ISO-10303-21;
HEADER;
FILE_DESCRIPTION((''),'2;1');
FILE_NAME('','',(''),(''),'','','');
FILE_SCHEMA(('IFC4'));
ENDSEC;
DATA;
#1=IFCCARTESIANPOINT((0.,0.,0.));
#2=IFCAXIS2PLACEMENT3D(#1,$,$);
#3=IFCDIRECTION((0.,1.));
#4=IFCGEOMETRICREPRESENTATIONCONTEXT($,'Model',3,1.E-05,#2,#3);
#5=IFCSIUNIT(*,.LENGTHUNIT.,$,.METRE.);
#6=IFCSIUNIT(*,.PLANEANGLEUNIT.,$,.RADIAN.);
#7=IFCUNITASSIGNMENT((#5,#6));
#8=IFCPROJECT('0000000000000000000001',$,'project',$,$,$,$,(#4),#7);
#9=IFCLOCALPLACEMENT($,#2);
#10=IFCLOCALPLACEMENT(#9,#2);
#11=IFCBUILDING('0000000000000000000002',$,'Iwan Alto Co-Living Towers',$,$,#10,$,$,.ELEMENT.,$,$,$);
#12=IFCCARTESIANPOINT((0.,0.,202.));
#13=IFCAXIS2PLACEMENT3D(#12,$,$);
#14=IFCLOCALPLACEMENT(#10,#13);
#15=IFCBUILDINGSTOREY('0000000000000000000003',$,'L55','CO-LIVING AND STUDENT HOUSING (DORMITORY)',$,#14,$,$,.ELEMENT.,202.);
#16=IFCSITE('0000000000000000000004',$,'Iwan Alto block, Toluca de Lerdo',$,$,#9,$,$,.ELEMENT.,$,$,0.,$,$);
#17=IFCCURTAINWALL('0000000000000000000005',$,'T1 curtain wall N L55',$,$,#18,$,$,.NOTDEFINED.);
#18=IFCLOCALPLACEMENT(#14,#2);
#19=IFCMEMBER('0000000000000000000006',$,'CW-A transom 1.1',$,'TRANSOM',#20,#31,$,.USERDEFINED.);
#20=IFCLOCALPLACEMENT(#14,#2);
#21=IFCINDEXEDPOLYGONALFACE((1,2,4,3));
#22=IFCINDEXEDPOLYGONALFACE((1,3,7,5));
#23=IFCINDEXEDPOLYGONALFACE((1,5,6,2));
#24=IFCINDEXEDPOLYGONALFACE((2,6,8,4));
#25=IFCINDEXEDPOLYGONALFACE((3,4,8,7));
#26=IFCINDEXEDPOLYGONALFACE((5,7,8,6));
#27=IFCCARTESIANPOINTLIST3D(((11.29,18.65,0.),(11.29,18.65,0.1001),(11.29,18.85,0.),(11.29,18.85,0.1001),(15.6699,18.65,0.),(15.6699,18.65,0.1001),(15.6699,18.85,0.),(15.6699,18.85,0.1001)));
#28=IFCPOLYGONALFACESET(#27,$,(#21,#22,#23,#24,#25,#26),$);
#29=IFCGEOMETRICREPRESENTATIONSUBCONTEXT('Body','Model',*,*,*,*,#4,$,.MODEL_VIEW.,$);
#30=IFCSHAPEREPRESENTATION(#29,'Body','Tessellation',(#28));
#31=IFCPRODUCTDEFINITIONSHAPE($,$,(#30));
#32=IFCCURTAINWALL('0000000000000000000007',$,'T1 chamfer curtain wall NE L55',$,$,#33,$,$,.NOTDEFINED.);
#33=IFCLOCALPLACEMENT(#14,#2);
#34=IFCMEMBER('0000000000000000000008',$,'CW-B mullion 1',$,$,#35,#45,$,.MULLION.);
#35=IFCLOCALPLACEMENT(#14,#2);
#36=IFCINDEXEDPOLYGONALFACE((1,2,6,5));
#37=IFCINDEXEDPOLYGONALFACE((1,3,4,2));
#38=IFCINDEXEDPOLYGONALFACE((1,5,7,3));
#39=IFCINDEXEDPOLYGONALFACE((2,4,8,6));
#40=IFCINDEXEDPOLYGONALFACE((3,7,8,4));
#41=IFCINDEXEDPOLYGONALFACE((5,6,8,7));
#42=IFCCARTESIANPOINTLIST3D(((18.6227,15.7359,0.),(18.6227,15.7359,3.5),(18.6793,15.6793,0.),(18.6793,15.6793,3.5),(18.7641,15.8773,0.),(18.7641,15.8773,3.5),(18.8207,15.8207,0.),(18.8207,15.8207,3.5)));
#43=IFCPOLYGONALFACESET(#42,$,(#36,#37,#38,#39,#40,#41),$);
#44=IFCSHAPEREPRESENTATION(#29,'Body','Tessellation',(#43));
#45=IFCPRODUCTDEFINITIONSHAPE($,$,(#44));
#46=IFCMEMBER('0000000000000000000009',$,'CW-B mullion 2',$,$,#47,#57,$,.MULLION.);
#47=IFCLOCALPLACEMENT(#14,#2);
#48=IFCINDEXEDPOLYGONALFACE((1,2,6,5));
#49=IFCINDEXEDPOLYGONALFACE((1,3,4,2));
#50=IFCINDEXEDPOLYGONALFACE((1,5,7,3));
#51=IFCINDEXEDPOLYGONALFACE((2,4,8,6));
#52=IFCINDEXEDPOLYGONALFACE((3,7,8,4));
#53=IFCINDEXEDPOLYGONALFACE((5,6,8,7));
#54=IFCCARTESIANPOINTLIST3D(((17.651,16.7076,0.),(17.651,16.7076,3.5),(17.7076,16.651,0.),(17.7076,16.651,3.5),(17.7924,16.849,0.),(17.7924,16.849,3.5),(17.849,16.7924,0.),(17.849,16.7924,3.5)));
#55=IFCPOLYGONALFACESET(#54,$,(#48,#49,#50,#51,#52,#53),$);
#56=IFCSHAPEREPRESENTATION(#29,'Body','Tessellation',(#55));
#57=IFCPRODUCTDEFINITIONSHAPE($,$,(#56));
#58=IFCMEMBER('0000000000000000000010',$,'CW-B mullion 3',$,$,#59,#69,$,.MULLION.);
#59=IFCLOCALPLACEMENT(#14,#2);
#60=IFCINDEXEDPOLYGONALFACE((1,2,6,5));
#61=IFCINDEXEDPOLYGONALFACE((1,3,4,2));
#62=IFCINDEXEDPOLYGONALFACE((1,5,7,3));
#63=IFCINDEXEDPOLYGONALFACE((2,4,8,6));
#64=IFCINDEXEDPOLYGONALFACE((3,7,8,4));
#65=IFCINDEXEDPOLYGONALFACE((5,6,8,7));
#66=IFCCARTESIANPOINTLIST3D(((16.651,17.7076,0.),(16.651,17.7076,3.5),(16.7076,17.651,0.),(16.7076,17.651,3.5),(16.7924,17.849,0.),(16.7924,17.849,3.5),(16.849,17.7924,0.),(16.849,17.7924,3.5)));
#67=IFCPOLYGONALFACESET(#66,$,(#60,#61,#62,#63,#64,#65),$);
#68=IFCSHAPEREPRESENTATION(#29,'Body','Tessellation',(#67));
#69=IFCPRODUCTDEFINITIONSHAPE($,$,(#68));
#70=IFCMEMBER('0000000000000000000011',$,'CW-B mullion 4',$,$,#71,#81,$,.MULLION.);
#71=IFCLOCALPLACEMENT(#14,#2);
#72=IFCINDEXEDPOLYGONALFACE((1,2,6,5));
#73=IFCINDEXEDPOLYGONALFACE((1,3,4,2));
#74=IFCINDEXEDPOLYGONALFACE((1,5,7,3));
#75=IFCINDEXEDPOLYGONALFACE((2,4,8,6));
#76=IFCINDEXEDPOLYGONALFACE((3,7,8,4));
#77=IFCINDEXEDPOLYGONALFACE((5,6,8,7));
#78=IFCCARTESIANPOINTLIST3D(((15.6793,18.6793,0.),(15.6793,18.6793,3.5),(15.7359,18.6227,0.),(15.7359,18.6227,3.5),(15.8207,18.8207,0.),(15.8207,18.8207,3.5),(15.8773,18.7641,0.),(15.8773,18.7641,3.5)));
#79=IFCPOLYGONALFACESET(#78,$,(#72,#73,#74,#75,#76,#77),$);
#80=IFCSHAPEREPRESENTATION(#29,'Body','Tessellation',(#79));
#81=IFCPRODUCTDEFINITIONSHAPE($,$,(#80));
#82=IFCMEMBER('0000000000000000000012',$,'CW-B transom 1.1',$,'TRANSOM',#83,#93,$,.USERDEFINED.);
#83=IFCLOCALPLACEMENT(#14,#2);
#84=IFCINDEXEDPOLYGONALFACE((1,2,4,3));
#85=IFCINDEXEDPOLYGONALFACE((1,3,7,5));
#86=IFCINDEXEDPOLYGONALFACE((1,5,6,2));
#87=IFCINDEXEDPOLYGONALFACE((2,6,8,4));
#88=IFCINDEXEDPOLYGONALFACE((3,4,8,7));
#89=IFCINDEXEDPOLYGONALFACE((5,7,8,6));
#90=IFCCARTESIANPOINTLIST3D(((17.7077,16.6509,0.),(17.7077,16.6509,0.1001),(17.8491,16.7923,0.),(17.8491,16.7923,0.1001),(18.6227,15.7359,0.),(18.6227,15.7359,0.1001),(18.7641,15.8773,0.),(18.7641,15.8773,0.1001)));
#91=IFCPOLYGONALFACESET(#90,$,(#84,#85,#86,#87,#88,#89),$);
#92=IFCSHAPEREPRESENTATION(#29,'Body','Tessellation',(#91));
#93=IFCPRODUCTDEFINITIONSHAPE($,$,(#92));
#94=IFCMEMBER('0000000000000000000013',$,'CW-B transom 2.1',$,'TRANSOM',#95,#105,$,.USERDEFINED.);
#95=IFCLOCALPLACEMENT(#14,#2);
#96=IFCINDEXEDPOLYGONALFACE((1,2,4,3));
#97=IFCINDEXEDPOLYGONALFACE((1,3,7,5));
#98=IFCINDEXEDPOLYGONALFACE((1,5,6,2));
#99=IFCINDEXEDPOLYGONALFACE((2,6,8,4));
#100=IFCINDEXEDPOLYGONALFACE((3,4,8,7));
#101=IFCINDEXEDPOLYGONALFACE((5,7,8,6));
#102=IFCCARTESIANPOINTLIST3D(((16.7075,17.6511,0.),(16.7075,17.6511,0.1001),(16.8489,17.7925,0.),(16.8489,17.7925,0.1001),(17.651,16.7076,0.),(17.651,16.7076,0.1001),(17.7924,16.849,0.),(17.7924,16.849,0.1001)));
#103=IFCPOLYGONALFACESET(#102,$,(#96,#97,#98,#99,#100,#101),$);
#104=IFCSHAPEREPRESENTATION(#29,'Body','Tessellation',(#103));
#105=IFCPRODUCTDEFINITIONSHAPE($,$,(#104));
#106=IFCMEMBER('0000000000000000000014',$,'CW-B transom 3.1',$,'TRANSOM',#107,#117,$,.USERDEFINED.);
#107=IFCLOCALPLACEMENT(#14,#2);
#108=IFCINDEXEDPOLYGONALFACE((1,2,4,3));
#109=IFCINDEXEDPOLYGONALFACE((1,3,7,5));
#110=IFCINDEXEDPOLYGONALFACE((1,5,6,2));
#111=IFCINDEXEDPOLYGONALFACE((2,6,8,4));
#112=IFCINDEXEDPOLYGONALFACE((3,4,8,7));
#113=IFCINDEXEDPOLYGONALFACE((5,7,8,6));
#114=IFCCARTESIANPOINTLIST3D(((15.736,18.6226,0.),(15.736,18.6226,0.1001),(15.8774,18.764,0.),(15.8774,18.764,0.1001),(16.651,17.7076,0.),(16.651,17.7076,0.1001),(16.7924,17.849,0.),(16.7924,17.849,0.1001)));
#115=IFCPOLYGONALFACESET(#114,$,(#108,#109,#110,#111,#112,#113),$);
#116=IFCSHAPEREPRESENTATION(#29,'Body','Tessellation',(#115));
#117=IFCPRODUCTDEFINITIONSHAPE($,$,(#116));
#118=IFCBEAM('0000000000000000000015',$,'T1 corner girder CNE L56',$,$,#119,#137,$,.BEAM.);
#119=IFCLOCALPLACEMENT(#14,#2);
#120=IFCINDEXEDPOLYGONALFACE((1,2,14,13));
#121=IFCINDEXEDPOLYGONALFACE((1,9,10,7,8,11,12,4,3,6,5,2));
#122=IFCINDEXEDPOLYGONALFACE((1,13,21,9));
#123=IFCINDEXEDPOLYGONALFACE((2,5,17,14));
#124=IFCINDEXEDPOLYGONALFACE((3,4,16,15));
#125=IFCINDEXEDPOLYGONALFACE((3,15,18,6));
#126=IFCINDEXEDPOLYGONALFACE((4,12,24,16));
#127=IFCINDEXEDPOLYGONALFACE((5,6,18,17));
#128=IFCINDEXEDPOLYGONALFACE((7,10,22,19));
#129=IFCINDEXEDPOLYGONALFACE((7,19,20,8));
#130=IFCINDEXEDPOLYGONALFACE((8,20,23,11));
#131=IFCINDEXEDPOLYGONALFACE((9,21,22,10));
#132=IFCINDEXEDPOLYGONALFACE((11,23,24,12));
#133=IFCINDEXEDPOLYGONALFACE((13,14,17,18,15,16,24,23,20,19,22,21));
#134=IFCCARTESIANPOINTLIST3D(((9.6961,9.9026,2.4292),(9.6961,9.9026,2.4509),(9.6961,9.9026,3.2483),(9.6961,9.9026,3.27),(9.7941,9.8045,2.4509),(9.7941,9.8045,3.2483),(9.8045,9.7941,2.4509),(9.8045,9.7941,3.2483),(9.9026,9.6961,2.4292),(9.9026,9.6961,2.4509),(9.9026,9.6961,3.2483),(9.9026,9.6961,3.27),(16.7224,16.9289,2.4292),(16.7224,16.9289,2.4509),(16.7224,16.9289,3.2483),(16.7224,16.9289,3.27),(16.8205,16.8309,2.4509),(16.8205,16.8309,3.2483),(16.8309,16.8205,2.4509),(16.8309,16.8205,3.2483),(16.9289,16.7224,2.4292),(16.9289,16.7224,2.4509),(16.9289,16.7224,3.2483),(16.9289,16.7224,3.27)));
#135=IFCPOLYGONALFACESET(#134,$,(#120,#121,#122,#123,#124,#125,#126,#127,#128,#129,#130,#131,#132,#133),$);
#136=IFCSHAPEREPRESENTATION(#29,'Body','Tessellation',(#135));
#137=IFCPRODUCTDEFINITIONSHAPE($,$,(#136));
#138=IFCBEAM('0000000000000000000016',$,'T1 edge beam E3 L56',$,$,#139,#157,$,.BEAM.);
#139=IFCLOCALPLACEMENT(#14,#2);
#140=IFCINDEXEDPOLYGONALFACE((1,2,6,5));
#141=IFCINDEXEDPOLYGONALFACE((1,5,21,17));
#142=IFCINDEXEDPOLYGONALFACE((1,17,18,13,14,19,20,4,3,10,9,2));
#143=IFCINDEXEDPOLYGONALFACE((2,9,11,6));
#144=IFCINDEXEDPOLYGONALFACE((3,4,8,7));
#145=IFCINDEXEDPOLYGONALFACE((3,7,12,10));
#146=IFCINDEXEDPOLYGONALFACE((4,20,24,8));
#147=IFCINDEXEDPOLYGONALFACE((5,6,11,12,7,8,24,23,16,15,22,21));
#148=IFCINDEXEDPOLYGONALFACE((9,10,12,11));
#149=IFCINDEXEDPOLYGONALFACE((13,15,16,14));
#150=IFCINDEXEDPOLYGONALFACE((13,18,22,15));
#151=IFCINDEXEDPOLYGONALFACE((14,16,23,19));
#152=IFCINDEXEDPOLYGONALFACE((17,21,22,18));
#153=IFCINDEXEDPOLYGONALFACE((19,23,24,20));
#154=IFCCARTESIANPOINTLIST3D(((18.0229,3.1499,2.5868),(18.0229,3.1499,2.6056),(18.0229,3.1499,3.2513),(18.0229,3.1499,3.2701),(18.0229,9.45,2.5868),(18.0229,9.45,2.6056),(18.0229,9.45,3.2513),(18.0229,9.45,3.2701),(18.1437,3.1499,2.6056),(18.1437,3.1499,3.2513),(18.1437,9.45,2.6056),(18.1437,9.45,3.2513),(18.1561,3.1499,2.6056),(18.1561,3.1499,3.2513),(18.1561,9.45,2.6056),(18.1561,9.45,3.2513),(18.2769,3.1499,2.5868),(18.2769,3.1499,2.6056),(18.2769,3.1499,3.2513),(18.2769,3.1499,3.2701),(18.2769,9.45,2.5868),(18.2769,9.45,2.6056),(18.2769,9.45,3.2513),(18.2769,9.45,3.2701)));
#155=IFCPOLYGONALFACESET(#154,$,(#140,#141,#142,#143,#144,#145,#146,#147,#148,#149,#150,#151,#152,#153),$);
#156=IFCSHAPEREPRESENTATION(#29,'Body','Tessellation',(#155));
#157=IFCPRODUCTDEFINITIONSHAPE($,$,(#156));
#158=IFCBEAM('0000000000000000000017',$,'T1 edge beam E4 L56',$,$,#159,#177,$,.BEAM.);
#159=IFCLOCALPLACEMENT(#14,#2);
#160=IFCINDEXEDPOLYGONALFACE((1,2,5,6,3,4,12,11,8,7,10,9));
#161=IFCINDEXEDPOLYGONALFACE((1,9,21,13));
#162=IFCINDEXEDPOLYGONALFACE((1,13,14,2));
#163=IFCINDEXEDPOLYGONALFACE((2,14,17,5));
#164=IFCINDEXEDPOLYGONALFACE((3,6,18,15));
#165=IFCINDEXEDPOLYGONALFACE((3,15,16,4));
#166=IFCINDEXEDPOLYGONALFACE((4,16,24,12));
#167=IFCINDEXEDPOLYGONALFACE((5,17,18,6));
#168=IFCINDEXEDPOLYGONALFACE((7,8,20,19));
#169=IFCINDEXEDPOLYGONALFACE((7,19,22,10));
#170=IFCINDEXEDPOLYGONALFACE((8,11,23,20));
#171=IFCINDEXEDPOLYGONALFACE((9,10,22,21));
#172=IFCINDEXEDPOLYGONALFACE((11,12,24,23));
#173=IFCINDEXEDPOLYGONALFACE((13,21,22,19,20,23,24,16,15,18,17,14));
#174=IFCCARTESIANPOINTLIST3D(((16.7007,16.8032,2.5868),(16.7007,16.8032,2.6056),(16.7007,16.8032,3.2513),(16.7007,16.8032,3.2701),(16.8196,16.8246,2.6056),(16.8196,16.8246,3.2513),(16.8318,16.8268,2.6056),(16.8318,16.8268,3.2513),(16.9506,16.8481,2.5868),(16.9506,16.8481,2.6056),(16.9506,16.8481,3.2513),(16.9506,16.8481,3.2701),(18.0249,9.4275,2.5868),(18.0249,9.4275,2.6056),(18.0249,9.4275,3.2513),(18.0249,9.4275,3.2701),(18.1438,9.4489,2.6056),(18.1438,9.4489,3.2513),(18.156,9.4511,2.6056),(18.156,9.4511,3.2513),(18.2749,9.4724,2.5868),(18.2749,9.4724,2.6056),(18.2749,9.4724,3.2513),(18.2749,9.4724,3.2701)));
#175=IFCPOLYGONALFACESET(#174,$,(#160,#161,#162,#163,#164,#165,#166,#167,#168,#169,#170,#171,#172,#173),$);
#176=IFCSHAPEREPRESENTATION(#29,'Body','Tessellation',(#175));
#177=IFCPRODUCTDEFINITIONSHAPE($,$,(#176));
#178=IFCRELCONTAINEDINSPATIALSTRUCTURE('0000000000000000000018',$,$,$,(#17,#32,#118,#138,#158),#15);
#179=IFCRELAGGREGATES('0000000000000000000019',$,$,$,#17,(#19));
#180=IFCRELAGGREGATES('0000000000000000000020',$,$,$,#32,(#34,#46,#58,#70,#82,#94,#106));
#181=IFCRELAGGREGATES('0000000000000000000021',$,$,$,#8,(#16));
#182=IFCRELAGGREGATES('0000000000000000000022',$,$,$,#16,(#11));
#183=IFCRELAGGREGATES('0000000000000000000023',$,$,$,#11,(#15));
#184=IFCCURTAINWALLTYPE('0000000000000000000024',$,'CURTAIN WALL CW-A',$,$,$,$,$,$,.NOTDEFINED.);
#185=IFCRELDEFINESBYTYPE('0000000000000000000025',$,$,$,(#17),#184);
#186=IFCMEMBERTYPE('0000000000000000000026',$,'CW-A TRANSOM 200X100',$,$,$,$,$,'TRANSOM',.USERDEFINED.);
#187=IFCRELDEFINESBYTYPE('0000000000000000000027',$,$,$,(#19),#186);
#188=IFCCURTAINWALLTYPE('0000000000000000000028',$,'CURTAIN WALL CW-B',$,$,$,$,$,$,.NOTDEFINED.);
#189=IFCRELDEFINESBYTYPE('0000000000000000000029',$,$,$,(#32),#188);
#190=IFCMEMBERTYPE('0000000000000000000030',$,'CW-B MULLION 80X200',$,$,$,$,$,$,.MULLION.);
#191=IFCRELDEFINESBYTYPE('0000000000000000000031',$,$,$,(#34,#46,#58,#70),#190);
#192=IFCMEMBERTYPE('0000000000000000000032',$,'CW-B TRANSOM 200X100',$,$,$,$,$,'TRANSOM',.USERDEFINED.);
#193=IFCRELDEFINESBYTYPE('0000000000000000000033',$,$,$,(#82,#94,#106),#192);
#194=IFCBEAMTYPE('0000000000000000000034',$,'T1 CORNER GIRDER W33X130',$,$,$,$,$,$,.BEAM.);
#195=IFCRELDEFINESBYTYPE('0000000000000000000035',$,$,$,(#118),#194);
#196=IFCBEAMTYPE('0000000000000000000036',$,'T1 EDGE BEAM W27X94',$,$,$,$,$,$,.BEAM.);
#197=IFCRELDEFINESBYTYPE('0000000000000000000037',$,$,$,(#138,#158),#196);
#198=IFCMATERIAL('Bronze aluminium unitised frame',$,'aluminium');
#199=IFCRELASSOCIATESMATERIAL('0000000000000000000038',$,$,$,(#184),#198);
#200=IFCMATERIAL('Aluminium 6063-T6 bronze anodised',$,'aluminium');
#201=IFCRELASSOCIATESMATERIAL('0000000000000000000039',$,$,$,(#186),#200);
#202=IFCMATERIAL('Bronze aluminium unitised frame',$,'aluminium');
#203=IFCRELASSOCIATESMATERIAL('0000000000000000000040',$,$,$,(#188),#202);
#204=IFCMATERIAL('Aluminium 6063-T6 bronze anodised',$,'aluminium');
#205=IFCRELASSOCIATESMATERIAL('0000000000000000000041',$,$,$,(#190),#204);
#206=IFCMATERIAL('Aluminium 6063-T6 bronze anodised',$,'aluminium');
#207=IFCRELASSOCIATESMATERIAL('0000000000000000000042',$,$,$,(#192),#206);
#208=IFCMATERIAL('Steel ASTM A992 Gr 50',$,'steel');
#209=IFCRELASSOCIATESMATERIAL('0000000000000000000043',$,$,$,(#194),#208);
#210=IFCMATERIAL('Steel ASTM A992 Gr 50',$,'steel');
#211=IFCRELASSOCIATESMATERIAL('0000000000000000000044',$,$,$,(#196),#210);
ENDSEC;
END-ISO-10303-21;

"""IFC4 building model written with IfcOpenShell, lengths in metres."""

from ifc_helpers import new_model, si_unit, direction, frame, origin, origin_2d, place, context, subcontext, project, spatial, rectangle, i_section, extrude, material, material_profile, profile_set, type_object, element, aggregate, save


model = new_model("IFC4")

# Units and contexts
model_context = context("Model", 3, precision=1e-05, world=origin(), true_north=direction((0.0, 1.0)))
body_context = subcontext(model_context, "Body", "Model", "MODEL_VIEW")
ifc_project = project(units=[si_unit("LENGTHUNIT", "METRE"), si_unit("PLANEANGLEUNIT", "RADIAN")], contexts=[model_context])

# Site, building, storey
site_placement = place(None, origin())
site = spatial("IfcSite", under=ifc_project, at=site_placement, Name="Iwan Alto block, Toluca de Lerdo", CompositionType="ELEMENT", RefElevation=0.0)
building_placement = place(site_placement, origin())
building = spatial("IfcBuilding", under=site, at=building_placement, Name="Iwan Alto Co-Living Towers", CompositionType="ELEMENT")
storey_placement = place(building_placement, frame((0.0, 0.0, 202.0)))
storey = spatial("IfcBuildingStorey", under=building, at=storey_placement, Name="L55", Description="CO-LIVING AND STUDENT HOUSING (DORMITORY)", CompositionType="ELEMENT", Elevation=202.0)

# Shared definitions
ifc_material_1 = material(Name="Bronze aluminium unitised frame", Category="aluminium")
curtain_wall_type_1 = type_object("IfcCurtainWallType", Name="CURTAIN WALL CW-A", PredefinedType="NOTDEFINED", material=ifc_material_1)

# Curtain wall
curtain_wall_1_placement = place(storey_placement, origin())
curtain_wall_1 = element("IfcCurtainWall", 1, at=curtain_wall_1_placement, inside=storey, type_object=curtain_wall_type_1, Name="T1 curtain wall N L55", PredefinedType="NOTDEFINED")

# Member
ifc_material_2 = material(Name="Aluminium 6063-T6 bronze anodised", Category="aluminium")
ifc_material_profile_1 = material_profile(ifc_material_2, rectangle(XDim=0.2, YDim=0.1001, at=origin_2d()), Name="AL 200X100")
ifc_profile_set_1 = profile_set([ifc_material_profile_1], Name="Aluminium 6063-T6 bronze anodised")
member_type_1 = type_object("IfcMemberType", Name="CW-A TRANSOM 200X100", ElementType="TRANSOM", PredefinedType="USERDEFINED", material=ifc_profile_set_1)
member_1_placement = place(storey_placement, frame((15.6699, 18.75, 0.05), z_axis=(-1.0, 0.0, 0.0), x_axis=(0.0, -1.0, 0.0)))
member_1 = element("IfcMember", 2, at=member_1_placement, type_object=member_type_1, Name="CW-A transom 1.1", ObjectType="TRANSOM", PredefinedType="USERDEFINED", context=body_context, shape_type="SweptSolid", body=[
    extrude(rectangle(XDim=0.2, YDim=0.1001, at=origin_2d()), origin(), (0.0, 0.0, 1.0), 4.3799),
])
aggregate(curtain_wall_1, [member_1])

# Curtain wall, members
ifc_material_3 = material(Name="Bronze aluminium unitised frame", Category="aluminium")
curtain_wall_type_2 = type_object("IfcCurtainWallType", Name="CURTAIN WALL CW-B", PredefinedType="NOTDEFINED", material=ifc_material_3)
curtain_wall_2_placement = place(storey_placement, origin())
curtain_wall_2 = element("IfcCurtainWall", 3, at=curtain_wall_2_placement, inside=storey, type_object=curtain_wall_type_2, Name="T1 chamfer curtain wall NE L55", PredefinedType="NOTDEFINED")
ifc_material_4 = material(Name="Aluminium 6063-T6 bronze anodised", Category="aluminium")
ifc_material_profile_2 = material_profile(ifc_material_4, rectangle(XDim=0.2, YDim=0.0801, at=origin_2d()), Name="AL 80X200")
ifc_profile_set_2 = profile_set([ifc_material_profile_2], Name="Aluminium 6063-T6 bronze anodised")
member_type_2 = type_object("IfcMemberType", Name="CW-B MULLION 80X200", PredefinedType="MULLION", material=ifc_profile_set_2)
member_2_placement = place(storey_placement, frame((18.7217, 15.7783, 0.0), z_axis=(0.0, 0.0, 1.0), x_axis=(-0.707107, -0.707107, 0.0)))
member_2 = element("IfcMember", 4, at=member_2_placement, type_object=member_type_2, Name="CW-B mullion 1", PredefinedType="MULLION", context=body_context, shape_type="SweptSolid", body=[
    extrude(rectangle(XDim=0.2, YDim=0.0801, at=origin_2d()), origin(), (0.0, 0.0, 1.0), 3.5),
])
member_3_placement = place(storey_placement, frame((17.75, 16.75, 0.0), z_axis=(0.0, 0.0, 1.0), x_axis=(-0.707107, -0.707107, 0.0)))
member_3 = element("IfcMember", 5, at=member_3_placement, type_object=member_type_2, Name="CW-B mullion 2", PredefinedType="MULLION", context=body_context, shape_type="SweptSolid", body=[
    extrude(rectangle(XDim=0.2, YDim=0.0801, at=origin_2d()), origin(), (0.0, 0.0, 1.0), 3.5),
])
member_4_placement = place(storey_placement, frame((16.75, 17.75, 0.0), z_axis=(0.0, 0.0, 1.0), x_axis=(-0.707107, -0.707107, 0.0)))
member_4 = element("IfcMember", 6, at=member_4_placement, type_object=member_type_2, Name="CW-B mullion 3", PredefinedType="MULLION", context=body_context, shape_type="SweptSolid", body=[
    extrude(rectangle(XDim=0.2, YDim=0.0801, at=origin_2d()), origin(), (0.0, 0.0, 1.0), 3.5),
])
member_5_placement = place(storey_placement, frame((15.7783, 18.7217, 0.0), z_axis=(0.0, 0.0, 1.0), x_axis=(-0.707107, -0.707107, 0.0)))
member_5 = element("IfcMember", 7, at=member_5_placement, type_object=member_type_2, Name="CW-B mullion 4", PredefinedType="MULLION", context=body_context, shape_type="SweptSolid", body=[
    extrude(rectangle(XDim=0.2, YDim=0.0801, at=origin_2d()), origin(), (0.0, 0.0, 1.0), 3.5),
])
ifc_material_5 = material(Name="Aluminium 6063-T6 bronze anodised", Category="aluminium")
ifc_material_profile_3 = material_profile(ifc_material_5, rectangle(XDim=0.2, YDim=0.1001, at=origin_2d()), Name="AL 200X100")
ifc_profile_set_3 = profile_set([ifc_material_profile_3], Name="Aluminium 6063-T6 bronze anodised")
member_type_3 = type_object("IfcMemberType", Name="CW-B TRANSOM 200X100", ElementType="TRANSOM", PredefinedType="USERDEFINED", material=ifc_profile_set_3)
member_6_placement = place(storey_placement, frame((18.6934, 15.8066, 0.05), z_axis=(-0.707107, 0.707107, 0.0), x_axis=(-0.707107, -0.707107, 0.0)))
member_6 = element("IfcMember", 8, at=member_6_placement, type_object=member_type_3, Name="CW-B transom 1.1", ObjectType="TRANSOM", PredefinedType="USERDEFINED", context=body_context, shape_type="SweptSolid", body=[
    extrude(rectangle(XDim=0.2, YDim=0.1001, at=origin_2d()), origin(), (0.0, 0.0, 1.0), 1.2939),
])
member_7_placement = place(storey_placement, frame((17.7217, 16.7783, 0.05), z_axis=(-0.707107, 0.707107, 0.0), x_axis=(-0.707107, -0.707107, 0.0)))
member_7 = element("IfcMember", 9, at=member_7_placement, type_object=member_type_3, Name="CW-B transom 2.1", ObjectType="TRANSOM", PredefinedType="USERDEFINED", context=body_context, shape_type="SweptSolid", body=[
    extrude(rectangle(XDim=0.2, YDim=0.1001, at=origin_2d()), origin(), (0.0, 0.0, 1.0), 1.3342),
])
member_8_placement = place(storey_placement, frame((16.7217, 17.7783, 0.05), z_axis=(-0.707107, 0.707107, 0.0), x_axis=(-0.707107, -0.707107, 0.0)))
member_8 = element("IfcMember", 10, at=member_8_placement, type_object=member_type_3, Name="CW-B transom 3.1", ObjectType="TRANSOM", PredefinedType="USERDEFINED", context=body_context, shape_type="SweptSolid", body=[
    extrude(rectangle(XDim=0.2, YDim=0.1001, at=origin_2d()), origin(), (0.0, 0.0, 1.0), 1.2939),
])

# Beams
ifc_material_6 = material(Name="Steel ASTM A992 Gr 50", Category="steel")
ifc_material_profile_4 = material_profile(ifc_material_6, i_section(OverallWidth=0.292, OverallDepth=0.8408, WebThickness=0.0146, FlangeThickness=0.0217, at=origin_2d()), Name="W33X130")
ifc_profile_set_4 = profile_set([ifc_material_profile_4], Name="Steel ASTM A992 Gr 50")
beam_type_1 = type_object("IfcBeamType", Name="T1 CORNER GIRDER W33X130", PredefinedType="BEAM", material=ifc_profile_set_4)
beam_1_placement = place(storey_placement, frame((16.8257, 16.8257, 2.8496), z_axis=(-0.707107, -0.707107, 0.0), x_axis=(0.707107, -0.707107, 0.0)))
element("IfcBeam", 11, at=beam_1_placement, inside=storey, type_object=beam_type_1, Name="T1 corner girder CNE L56", PredefinedType="BEAM", context=body_context, shape_type="SweptSolid", body=[
    extrude(i_section(OverallWidth=0.292, OverallDepth=0.8408, WebThickness=0.0146, FlangeThickness=0.0217, at=origin_2d()), origin(), (0.0, 0.0, 1.0), 9.9368),
])
ifc_material_7 = material(Name="Steel ASTM A992 Gr 50", Category="steel")
ifc_material_profile_5 = material_profile(ifc_material_7, i_section(OverallWidth=0.2539, OverallDepth=0.6833, WebThickness=0.0125, FlangeThickness=0.0188, at=origin_2d()), Name="W27X94")
ifc_profile_set_5 = profile_set([ifc_material_profile_5], Name="Steel ASTM A992 Gr 50")
beam_type_2 = type_object("IfcBeamType", Name="T1 EDGE BEAM W27X94", PredefinedType="BEAM", material=ifc_profile_set_5)
beam_2_placement = place(storey_placement, frame((18.1499, 3.1499, 2.9285), z_axis=(0.0, 1.0, 0.0), x_axis=(-1.0, 0.0, 0.0)))
element("IfcBeam", 12, at=beam_2_placement, inside=storey, type_object=beam_type_2, Name="T1 edge beam E3 L56", PredefinedType="BEAM", context=body_context, shape_type="SweptSolid", body=[
    extrude(i_section(OverallWidth=0.2539, OverallDepth=0.6833, WebThickness=0.0125, FlangeThickness=0.0188, at=origin_2d()), origin(), (0.0, 0.0, 1.0), 6.3),
])
for number, where, z_axis, x_axis, name in (
    (13, (18.1499, 9.45, 2.9285), (-0.176712, 0.984263, 0.0), (-0.984263, -0.176712, 0.0), "T1 edge beam E4 L56"),
):
    element("IfcBeam", number, at=place(storey_placement, frame(where, z_axis=z_axis, x_axis=x_axis)), inside=storey, type_object=beam_type_2, Name=name, PredefinedType="BEAM", context=body_context, shape_type="SweptSolid", body=[
        extrude(i_section(OverallWidth=0.2539, OverallDepth=0.6833, WebThickness=0.0125, FlangeThickness=0.0188, at=origin_2d()), origin(), (0.0, 0.0, 1.0), 7.4937),
    ])

aggregate(curtain_wall_2, [member_2, member_3, member_4, member_5, member_6, member_7, member_8])

save(model, "model.ifc")
